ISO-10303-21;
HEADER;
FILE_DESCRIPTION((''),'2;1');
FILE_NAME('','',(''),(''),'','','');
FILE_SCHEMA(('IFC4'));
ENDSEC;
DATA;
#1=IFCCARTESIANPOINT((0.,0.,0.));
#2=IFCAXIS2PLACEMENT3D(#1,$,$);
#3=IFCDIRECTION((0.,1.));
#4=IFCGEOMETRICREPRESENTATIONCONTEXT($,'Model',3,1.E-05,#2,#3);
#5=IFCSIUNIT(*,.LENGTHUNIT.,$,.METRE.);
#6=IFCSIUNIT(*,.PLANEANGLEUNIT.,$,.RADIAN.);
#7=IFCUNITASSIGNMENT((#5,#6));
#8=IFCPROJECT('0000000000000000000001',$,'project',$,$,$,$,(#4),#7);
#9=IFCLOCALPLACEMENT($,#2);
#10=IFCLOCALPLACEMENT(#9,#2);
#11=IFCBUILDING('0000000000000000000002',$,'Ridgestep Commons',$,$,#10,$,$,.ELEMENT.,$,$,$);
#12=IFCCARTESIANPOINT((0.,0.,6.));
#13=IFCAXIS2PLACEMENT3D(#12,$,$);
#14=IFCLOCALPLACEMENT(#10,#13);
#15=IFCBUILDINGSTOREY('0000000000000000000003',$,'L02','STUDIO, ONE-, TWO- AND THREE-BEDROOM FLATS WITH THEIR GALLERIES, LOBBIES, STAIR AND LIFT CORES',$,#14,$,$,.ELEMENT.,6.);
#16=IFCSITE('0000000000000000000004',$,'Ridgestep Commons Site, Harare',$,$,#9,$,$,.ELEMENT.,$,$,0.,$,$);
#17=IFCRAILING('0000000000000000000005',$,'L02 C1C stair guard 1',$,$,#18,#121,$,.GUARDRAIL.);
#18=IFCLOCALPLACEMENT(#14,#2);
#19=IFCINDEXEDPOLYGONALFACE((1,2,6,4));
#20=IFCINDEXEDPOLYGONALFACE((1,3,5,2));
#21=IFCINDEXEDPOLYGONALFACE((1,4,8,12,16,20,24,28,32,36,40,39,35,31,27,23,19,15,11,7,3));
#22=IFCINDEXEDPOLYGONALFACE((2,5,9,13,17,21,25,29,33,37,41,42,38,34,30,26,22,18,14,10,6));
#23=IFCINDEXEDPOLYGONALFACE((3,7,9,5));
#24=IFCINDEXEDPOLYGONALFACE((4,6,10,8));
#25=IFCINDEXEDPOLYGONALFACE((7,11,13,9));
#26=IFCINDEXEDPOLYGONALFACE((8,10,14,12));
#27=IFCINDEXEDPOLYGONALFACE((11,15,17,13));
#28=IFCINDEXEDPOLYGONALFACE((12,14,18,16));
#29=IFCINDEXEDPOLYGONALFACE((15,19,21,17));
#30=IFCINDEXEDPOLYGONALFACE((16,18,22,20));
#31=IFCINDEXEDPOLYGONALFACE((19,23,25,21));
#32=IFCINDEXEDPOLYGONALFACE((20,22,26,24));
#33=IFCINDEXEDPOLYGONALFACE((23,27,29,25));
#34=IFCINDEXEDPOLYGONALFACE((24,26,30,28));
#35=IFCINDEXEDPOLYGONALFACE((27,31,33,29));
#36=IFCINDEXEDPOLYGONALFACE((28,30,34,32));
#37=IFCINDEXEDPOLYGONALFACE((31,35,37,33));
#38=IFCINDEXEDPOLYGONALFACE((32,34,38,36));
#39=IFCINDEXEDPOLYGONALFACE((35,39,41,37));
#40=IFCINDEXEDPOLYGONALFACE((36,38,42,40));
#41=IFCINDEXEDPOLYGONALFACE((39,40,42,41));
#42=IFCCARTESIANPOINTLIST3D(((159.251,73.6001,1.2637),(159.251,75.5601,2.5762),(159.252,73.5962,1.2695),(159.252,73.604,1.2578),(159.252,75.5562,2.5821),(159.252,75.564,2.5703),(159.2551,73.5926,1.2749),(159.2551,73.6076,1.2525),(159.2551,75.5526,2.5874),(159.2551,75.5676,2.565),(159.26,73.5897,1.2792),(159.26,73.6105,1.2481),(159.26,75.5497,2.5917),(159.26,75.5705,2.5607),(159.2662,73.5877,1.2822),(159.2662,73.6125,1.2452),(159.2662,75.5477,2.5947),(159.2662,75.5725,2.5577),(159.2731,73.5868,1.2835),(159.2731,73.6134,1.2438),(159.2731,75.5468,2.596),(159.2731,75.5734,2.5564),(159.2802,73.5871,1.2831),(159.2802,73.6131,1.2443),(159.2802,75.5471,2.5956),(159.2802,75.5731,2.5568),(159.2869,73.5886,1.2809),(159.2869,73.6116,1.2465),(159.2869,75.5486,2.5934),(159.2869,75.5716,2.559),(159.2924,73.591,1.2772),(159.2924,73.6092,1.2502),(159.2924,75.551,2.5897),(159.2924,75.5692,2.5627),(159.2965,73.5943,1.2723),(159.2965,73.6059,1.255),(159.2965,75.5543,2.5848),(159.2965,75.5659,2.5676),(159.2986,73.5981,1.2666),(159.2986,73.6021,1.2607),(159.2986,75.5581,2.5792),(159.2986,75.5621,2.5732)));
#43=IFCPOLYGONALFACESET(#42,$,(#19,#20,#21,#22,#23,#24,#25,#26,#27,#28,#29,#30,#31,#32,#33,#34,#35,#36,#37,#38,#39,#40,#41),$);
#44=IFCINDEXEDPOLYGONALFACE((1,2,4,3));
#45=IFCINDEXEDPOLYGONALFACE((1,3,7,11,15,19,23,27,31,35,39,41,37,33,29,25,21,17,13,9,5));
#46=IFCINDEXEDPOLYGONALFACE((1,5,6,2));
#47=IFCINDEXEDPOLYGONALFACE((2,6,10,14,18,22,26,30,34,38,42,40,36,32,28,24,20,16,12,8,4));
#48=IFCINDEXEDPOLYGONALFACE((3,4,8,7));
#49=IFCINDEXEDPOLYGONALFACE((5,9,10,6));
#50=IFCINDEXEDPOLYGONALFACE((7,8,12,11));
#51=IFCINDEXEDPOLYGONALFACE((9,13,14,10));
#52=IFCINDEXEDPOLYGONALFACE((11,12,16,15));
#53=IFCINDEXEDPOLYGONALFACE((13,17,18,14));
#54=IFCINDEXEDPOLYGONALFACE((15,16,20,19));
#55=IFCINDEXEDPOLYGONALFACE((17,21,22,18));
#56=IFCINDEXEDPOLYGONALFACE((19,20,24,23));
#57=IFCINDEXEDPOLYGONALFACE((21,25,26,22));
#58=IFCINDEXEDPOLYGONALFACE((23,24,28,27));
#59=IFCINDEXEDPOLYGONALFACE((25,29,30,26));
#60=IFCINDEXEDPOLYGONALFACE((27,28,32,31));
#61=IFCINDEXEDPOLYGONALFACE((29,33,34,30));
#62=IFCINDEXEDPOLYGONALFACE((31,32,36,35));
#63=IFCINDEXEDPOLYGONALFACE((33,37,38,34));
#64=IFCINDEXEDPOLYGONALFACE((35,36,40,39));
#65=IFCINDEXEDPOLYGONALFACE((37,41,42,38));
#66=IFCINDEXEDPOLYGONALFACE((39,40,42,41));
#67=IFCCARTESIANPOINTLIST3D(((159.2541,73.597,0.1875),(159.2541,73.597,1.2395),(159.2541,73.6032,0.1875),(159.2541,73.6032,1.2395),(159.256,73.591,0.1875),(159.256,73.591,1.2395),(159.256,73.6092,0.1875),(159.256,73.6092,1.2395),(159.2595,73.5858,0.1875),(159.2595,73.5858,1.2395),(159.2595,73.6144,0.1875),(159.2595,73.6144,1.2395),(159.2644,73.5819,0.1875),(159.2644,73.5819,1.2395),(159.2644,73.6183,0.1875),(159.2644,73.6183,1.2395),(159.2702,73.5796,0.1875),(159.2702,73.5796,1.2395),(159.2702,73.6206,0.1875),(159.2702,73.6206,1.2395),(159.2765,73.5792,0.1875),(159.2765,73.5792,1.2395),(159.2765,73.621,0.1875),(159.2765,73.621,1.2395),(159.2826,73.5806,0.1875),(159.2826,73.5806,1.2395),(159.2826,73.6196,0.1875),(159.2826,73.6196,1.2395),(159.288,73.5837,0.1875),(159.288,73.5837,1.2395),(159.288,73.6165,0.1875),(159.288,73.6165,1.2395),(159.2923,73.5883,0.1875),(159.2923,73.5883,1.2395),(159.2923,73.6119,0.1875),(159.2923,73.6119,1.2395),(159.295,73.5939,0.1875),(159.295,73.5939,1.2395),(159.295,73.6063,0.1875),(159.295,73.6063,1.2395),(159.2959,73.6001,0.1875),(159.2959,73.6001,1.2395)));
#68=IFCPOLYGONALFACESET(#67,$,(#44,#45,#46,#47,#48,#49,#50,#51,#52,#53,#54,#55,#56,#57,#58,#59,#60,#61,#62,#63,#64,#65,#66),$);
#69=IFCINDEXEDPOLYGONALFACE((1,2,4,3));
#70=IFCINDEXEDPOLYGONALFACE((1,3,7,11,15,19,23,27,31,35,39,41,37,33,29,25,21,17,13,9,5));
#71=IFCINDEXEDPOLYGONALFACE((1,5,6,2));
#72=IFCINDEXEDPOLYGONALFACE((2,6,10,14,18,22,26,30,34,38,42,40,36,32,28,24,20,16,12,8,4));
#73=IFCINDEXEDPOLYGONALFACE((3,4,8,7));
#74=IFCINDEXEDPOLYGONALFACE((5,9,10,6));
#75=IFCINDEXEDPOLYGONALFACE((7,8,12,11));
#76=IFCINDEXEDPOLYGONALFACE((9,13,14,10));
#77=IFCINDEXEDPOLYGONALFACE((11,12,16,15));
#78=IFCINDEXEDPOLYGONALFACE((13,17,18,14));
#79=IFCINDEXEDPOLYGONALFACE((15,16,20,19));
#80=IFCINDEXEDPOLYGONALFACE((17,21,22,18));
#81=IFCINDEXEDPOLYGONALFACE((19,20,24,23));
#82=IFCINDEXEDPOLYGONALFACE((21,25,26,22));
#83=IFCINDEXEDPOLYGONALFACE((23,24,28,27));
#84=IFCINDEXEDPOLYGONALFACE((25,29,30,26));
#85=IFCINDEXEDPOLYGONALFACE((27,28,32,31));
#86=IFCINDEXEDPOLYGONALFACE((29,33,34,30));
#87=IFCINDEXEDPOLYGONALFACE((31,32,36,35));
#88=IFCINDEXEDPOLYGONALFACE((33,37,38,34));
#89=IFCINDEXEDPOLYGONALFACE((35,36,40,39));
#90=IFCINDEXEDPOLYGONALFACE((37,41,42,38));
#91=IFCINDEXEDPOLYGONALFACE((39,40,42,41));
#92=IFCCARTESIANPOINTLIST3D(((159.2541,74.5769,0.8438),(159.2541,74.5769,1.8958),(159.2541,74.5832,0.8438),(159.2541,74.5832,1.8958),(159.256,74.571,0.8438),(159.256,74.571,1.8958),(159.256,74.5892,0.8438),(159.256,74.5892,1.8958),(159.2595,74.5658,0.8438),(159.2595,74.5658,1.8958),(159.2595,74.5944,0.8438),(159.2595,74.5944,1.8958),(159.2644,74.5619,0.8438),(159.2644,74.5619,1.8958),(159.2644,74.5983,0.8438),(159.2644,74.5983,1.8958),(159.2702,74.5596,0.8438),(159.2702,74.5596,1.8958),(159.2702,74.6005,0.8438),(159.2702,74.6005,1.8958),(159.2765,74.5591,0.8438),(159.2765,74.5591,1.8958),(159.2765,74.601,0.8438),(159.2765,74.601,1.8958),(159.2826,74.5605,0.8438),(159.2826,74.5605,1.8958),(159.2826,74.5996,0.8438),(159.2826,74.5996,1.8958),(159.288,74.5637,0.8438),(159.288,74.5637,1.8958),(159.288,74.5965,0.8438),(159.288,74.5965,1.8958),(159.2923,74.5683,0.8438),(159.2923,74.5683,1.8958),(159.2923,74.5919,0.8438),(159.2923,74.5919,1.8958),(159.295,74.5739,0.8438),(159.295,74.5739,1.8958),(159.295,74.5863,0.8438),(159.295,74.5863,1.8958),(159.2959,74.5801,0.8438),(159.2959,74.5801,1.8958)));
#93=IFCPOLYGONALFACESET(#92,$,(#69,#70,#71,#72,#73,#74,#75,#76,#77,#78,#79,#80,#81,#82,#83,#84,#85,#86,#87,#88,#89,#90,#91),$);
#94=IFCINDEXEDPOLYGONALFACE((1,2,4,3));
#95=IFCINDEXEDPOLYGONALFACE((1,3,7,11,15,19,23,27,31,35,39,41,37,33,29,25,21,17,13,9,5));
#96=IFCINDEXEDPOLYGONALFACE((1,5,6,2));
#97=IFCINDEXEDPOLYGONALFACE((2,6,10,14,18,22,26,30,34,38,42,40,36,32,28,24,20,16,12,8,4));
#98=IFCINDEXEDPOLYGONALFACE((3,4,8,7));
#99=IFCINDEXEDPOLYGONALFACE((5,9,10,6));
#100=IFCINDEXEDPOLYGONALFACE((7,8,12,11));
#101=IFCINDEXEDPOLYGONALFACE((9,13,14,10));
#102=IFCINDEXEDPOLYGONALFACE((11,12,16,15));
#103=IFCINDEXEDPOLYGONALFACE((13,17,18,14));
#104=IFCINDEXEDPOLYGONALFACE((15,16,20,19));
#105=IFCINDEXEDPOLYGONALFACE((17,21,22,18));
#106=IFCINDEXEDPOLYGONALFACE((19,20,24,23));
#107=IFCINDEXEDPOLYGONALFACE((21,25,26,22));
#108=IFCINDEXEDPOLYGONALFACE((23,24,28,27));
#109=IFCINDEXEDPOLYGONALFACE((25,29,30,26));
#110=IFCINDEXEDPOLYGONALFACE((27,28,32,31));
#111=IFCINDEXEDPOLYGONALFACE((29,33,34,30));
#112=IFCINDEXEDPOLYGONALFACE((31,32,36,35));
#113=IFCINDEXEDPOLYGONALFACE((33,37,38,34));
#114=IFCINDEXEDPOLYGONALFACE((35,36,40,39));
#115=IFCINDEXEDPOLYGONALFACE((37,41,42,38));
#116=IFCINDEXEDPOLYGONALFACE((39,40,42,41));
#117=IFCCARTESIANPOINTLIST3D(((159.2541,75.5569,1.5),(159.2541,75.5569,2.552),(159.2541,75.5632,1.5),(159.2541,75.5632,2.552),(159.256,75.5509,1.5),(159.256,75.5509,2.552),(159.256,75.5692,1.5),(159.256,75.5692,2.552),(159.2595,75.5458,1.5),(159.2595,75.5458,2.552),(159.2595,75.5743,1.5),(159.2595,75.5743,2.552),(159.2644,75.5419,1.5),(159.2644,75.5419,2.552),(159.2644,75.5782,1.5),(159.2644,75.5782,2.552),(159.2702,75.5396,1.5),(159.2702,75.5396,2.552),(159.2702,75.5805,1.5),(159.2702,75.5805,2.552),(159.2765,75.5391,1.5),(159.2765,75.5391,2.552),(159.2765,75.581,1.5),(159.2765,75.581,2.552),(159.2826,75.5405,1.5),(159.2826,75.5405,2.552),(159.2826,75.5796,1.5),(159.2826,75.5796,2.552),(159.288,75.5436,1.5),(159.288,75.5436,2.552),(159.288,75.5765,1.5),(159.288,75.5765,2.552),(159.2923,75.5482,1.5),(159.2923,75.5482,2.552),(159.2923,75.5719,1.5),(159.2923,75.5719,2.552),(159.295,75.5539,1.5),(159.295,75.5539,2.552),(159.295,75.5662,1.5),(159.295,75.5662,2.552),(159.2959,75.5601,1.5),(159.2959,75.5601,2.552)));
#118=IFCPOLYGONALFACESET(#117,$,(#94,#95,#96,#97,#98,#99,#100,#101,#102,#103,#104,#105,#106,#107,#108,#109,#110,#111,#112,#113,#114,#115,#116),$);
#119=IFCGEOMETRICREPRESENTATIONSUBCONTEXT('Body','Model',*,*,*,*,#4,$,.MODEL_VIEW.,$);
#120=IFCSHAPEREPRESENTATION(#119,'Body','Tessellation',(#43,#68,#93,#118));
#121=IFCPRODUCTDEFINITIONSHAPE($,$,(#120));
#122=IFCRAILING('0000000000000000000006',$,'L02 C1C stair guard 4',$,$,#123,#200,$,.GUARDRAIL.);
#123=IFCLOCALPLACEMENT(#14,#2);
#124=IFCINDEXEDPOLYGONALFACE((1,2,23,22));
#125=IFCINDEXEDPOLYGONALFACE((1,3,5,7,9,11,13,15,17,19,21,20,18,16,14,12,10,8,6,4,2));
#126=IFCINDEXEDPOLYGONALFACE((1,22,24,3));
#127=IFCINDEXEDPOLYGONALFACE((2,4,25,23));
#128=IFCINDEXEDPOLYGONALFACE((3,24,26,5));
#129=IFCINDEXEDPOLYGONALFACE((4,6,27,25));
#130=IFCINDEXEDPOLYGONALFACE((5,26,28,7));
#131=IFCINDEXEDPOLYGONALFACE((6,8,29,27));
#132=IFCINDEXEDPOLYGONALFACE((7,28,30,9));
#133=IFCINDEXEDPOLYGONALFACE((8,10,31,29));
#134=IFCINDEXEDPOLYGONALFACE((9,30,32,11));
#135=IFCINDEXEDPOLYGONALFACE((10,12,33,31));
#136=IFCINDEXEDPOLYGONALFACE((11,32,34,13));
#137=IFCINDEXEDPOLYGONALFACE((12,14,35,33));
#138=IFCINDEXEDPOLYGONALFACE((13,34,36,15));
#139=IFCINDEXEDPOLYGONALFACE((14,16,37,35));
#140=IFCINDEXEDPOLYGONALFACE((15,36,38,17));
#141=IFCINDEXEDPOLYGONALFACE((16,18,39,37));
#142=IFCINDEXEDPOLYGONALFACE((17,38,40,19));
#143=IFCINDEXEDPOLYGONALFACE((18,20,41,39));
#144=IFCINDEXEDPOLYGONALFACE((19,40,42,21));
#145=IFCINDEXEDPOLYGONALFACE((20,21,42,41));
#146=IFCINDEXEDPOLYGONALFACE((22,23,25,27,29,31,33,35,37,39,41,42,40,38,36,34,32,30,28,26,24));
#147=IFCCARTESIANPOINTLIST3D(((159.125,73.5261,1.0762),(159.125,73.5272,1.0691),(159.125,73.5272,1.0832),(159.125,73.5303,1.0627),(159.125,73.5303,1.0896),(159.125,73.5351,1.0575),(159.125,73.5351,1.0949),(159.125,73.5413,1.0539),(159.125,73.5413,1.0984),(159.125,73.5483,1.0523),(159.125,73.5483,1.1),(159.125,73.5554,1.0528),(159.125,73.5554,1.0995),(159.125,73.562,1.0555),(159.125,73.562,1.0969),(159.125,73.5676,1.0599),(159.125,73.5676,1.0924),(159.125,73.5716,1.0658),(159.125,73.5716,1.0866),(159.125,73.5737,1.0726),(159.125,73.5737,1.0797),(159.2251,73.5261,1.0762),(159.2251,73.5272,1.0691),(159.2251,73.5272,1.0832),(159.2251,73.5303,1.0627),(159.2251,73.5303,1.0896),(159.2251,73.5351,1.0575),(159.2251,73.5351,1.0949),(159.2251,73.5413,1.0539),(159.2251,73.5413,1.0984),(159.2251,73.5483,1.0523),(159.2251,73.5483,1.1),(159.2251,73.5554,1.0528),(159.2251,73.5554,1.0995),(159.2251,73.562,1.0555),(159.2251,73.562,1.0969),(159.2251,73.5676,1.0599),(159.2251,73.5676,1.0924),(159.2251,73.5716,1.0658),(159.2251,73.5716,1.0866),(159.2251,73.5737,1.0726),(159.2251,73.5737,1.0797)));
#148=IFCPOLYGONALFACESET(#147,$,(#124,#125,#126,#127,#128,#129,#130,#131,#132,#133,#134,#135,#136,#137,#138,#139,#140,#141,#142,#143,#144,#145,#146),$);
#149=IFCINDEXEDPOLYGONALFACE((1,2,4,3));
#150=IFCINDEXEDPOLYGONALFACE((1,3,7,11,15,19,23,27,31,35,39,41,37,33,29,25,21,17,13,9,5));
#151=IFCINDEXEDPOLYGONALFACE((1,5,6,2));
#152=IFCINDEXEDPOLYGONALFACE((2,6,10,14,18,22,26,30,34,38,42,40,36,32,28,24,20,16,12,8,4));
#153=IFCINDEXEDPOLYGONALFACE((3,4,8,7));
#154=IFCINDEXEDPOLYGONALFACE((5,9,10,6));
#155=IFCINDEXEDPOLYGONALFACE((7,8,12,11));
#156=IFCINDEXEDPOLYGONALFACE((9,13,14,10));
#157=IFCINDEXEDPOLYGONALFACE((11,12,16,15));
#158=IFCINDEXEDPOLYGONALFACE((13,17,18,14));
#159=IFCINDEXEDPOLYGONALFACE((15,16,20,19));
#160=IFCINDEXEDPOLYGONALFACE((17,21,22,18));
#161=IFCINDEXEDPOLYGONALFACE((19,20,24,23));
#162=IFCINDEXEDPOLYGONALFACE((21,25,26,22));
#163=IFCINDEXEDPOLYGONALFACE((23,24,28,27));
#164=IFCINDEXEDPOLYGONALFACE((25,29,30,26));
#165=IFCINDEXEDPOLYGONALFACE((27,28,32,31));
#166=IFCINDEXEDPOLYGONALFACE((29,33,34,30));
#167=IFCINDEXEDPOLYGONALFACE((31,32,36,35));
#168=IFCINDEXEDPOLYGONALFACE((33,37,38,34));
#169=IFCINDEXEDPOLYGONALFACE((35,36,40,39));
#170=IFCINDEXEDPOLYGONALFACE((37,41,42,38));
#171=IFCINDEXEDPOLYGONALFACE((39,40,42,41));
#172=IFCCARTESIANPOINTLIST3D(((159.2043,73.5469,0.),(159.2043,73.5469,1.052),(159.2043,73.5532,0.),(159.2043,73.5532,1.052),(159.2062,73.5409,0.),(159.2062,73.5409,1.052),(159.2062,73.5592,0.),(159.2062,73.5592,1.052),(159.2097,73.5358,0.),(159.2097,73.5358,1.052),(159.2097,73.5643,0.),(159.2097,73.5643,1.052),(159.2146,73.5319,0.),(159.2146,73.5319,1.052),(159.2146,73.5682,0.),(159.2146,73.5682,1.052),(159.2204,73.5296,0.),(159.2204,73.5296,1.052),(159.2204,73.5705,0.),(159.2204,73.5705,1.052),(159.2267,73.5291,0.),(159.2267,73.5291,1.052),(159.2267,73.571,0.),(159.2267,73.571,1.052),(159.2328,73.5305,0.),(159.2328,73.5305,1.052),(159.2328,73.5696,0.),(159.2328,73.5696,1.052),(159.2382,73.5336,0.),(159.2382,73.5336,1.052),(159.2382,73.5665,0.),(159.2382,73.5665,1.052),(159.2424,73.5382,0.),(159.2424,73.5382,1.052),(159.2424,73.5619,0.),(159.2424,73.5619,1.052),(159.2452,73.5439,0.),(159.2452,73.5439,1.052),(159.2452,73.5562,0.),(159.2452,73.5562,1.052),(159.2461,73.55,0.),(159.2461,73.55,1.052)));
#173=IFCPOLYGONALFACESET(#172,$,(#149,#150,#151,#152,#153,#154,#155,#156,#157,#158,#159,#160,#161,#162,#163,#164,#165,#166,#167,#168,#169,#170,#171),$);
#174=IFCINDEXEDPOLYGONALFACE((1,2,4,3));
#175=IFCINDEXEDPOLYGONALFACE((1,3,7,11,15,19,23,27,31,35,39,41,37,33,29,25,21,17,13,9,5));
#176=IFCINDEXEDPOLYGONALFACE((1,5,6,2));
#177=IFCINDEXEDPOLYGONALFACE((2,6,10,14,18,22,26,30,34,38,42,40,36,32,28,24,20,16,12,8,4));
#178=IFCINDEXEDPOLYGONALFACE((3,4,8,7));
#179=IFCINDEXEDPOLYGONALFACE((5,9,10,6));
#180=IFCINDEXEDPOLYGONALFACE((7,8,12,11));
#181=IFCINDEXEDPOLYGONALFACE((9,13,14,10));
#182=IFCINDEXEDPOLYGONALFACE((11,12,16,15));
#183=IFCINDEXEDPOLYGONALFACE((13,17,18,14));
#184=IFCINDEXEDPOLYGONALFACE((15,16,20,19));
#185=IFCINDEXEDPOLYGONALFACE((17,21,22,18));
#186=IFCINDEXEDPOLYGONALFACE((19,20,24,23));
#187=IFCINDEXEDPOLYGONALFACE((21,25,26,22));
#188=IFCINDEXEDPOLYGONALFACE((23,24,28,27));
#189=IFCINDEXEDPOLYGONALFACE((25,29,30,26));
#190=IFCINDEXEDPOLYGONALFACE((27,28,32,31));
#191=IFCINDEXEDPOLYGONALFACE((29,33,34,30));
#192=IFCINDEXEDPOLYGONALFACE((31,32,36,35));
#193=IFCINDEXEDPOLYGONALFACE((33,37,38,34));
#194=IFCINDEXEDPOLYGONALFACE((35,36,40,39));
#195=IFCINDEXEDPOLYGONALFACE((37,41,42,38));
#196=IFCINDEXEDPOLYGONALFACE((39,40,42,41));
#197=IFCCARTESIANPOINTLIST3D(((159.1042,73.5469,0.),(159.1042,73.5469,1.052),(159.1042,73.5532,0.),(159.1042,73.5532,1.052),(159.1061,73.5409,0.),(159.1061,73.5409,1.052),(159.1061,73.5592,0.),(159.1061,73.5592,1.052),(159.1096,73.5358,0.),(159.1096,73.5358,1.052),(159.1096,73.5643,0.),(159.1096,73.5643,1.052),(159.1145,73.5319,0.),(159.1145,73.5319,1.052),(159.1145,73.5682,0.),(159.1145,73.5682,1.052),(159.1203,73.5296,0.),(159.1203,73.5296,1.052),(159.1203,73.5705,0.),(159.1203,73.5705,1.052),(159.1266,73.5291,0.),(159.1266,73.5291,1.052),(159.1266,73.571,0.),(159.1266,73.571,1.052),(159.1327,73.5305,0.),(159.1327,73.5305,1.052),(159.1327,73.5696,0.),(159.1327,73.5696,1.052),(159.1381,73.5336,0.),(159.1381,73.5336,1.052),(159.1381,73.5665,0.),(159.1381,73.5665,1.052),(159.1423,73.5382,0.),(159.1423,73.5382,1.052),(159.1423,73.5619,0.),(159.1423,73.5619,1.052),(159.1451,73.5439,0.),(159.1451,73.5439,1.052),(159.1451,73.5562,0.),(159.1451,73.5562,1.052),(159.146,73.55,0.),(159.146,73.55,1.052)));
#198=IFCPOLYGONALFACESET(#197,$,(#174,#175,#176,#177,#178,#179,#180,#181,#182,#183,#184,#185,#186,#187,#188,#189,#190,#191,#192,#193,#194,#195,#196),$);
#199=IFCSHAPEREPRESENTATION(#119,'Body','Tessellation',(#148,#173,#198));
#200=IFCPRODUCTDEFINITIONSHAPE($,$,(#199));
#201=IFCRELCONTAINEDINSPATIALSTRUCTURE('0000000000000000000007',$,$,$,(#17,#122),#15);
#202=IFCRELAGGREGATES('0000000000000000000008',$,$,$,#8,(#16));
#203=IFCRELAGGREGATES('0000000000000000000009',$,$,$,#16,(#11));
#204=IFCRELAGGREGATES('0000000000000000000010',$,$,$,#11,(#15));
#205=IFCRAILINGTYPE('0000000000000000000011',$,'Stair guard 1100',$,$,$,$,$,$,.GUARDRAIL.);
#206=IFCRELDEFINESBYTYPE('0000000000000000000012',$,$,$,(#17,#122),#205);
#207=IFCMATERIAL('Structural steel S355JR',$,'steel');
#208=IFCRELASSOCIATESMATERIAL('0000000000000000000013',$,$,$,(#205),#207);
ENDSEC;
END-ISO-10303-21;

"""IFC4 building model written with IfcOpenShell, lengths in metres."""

from ifc_helpers import new_model, si_unit, direction, frame, origin, origin_2d, place, context, subcontext, project, spatial, circle, extrude, material, type_object, element, save


model = new_model("IFC4")

# Units and contexts
model_context = context("Model", 3, precision=1e-05, world=origin(), true_north=direction((0.0, 1.0)))
body_context = subcontext(model_context, "Body", "Model", "MODEL_VIEW")
ifc_project = project(units=[si_unit("LENGTHUNIT", "METRE"), si_unit("PLANEANGLEUNIT", "RADIAN")], contexts=[model_context])

# Site, building, storey
site_placement = place(None, origin())
site = spatial("IfcSite", under=ifc_project, at=site_placement, Name="Ridgestep Commons Site, Harare", CompositionType="ELEMENT", RefElevation=0.0)
building_placement = place(site_placement, origin())
building = spatial("IfcBuilding", under=site, at=building_placement, Name="Ridgestep Commons", CompositionType="ELEMENT")
storey_placement = place(building_placement, frame((0.0, 0.0, 6.0)))
storey = spatial("IfcBuildingStorey", under=building, at=storey_placement, Name="L02", Description="STUDIO, ONE-, TWO- AND THREE-BEDROOM FLATS WITH THEIR GALLERIES, LOBBIES, STAIR AND LIFT CORES", CompositionType="ELEMENT", Elevation=6.0)

# Railings
ifc_material_1 = material(Name="Structural steel S355JR", Category="steel")
railing_type_1 = type_object("IfcRailingType", Name="Stair guard 1100", PredefinedType="GUARDRAIL", material=ifc_material_1)
railing_1_placement = place(storey_placement, frame((159.2749, 73.6001, 0.1875)))
element("IfcRailing", 1, at=railing_1_placement, inside=storey, type_object=railing_type_1, Name="L02 C1C stair guard 1", PredefinedType="GUARDRAIL", context=body_context, shape_type="SweptSolid", body=[
    extrude(circle(Radius=0.0239, at=origin_2d()), frame((0.0, 0.0, 1.0762), z_axis=(0.0, 0.830902, 0.556419), x_axis=(-1.0, 0.0, 0.0)), (0.0, 0.0, 1.0), 2.3589),
    extrude(circle(Radius=0.021, at=origin_2d()), origin(), (0.0, 0.0, 1.0), 1.052),
    extrude(circle(Radius=0.021, at=origin_2d()), frame((0.0, 0.98, 0.6562)), (0.0, 0.0, 1.0), 1.052),
    extrude(circle(Radius=0.021, at=origin_2d()), frame((0.0, 1.96, 1.3125)), (0.0, 0.0, 1.0), 1.052),
])
railing_2_placement = place(storey_placement, frame((159.2251, 73.55, 0.0)))
element("IfcRailing", 2, at=railing_2_placement, inside=storey, type_object=railing_type_1, Name="L02 C1C stair guard 4", PredefinedType="GUARDRAIL", context=body_context, shape_type="SweptSolid", body=[
    extrude(circle(Radius=0.0239, at=origin_2d()), frame((0.0, 0.0, 1.0762), z_axis=(-1.0, 0.0, 0.0), x_axis=(0.0, -1.0, 0.0)), (0.0, 0.0, 1.0), 0.1001),
    extrude(circle(Radius=0.021, at=origin_2d()), origin(), (0.0, 0.0, 1.0), 1.052),
    extrude(circle(Radius=0.021, at=origin_2d()), frame((-0.1001, 0.0, 0.0)), (0.0, 0.0, 1.0), 1.052),
])

save(model, "model.ifc")
